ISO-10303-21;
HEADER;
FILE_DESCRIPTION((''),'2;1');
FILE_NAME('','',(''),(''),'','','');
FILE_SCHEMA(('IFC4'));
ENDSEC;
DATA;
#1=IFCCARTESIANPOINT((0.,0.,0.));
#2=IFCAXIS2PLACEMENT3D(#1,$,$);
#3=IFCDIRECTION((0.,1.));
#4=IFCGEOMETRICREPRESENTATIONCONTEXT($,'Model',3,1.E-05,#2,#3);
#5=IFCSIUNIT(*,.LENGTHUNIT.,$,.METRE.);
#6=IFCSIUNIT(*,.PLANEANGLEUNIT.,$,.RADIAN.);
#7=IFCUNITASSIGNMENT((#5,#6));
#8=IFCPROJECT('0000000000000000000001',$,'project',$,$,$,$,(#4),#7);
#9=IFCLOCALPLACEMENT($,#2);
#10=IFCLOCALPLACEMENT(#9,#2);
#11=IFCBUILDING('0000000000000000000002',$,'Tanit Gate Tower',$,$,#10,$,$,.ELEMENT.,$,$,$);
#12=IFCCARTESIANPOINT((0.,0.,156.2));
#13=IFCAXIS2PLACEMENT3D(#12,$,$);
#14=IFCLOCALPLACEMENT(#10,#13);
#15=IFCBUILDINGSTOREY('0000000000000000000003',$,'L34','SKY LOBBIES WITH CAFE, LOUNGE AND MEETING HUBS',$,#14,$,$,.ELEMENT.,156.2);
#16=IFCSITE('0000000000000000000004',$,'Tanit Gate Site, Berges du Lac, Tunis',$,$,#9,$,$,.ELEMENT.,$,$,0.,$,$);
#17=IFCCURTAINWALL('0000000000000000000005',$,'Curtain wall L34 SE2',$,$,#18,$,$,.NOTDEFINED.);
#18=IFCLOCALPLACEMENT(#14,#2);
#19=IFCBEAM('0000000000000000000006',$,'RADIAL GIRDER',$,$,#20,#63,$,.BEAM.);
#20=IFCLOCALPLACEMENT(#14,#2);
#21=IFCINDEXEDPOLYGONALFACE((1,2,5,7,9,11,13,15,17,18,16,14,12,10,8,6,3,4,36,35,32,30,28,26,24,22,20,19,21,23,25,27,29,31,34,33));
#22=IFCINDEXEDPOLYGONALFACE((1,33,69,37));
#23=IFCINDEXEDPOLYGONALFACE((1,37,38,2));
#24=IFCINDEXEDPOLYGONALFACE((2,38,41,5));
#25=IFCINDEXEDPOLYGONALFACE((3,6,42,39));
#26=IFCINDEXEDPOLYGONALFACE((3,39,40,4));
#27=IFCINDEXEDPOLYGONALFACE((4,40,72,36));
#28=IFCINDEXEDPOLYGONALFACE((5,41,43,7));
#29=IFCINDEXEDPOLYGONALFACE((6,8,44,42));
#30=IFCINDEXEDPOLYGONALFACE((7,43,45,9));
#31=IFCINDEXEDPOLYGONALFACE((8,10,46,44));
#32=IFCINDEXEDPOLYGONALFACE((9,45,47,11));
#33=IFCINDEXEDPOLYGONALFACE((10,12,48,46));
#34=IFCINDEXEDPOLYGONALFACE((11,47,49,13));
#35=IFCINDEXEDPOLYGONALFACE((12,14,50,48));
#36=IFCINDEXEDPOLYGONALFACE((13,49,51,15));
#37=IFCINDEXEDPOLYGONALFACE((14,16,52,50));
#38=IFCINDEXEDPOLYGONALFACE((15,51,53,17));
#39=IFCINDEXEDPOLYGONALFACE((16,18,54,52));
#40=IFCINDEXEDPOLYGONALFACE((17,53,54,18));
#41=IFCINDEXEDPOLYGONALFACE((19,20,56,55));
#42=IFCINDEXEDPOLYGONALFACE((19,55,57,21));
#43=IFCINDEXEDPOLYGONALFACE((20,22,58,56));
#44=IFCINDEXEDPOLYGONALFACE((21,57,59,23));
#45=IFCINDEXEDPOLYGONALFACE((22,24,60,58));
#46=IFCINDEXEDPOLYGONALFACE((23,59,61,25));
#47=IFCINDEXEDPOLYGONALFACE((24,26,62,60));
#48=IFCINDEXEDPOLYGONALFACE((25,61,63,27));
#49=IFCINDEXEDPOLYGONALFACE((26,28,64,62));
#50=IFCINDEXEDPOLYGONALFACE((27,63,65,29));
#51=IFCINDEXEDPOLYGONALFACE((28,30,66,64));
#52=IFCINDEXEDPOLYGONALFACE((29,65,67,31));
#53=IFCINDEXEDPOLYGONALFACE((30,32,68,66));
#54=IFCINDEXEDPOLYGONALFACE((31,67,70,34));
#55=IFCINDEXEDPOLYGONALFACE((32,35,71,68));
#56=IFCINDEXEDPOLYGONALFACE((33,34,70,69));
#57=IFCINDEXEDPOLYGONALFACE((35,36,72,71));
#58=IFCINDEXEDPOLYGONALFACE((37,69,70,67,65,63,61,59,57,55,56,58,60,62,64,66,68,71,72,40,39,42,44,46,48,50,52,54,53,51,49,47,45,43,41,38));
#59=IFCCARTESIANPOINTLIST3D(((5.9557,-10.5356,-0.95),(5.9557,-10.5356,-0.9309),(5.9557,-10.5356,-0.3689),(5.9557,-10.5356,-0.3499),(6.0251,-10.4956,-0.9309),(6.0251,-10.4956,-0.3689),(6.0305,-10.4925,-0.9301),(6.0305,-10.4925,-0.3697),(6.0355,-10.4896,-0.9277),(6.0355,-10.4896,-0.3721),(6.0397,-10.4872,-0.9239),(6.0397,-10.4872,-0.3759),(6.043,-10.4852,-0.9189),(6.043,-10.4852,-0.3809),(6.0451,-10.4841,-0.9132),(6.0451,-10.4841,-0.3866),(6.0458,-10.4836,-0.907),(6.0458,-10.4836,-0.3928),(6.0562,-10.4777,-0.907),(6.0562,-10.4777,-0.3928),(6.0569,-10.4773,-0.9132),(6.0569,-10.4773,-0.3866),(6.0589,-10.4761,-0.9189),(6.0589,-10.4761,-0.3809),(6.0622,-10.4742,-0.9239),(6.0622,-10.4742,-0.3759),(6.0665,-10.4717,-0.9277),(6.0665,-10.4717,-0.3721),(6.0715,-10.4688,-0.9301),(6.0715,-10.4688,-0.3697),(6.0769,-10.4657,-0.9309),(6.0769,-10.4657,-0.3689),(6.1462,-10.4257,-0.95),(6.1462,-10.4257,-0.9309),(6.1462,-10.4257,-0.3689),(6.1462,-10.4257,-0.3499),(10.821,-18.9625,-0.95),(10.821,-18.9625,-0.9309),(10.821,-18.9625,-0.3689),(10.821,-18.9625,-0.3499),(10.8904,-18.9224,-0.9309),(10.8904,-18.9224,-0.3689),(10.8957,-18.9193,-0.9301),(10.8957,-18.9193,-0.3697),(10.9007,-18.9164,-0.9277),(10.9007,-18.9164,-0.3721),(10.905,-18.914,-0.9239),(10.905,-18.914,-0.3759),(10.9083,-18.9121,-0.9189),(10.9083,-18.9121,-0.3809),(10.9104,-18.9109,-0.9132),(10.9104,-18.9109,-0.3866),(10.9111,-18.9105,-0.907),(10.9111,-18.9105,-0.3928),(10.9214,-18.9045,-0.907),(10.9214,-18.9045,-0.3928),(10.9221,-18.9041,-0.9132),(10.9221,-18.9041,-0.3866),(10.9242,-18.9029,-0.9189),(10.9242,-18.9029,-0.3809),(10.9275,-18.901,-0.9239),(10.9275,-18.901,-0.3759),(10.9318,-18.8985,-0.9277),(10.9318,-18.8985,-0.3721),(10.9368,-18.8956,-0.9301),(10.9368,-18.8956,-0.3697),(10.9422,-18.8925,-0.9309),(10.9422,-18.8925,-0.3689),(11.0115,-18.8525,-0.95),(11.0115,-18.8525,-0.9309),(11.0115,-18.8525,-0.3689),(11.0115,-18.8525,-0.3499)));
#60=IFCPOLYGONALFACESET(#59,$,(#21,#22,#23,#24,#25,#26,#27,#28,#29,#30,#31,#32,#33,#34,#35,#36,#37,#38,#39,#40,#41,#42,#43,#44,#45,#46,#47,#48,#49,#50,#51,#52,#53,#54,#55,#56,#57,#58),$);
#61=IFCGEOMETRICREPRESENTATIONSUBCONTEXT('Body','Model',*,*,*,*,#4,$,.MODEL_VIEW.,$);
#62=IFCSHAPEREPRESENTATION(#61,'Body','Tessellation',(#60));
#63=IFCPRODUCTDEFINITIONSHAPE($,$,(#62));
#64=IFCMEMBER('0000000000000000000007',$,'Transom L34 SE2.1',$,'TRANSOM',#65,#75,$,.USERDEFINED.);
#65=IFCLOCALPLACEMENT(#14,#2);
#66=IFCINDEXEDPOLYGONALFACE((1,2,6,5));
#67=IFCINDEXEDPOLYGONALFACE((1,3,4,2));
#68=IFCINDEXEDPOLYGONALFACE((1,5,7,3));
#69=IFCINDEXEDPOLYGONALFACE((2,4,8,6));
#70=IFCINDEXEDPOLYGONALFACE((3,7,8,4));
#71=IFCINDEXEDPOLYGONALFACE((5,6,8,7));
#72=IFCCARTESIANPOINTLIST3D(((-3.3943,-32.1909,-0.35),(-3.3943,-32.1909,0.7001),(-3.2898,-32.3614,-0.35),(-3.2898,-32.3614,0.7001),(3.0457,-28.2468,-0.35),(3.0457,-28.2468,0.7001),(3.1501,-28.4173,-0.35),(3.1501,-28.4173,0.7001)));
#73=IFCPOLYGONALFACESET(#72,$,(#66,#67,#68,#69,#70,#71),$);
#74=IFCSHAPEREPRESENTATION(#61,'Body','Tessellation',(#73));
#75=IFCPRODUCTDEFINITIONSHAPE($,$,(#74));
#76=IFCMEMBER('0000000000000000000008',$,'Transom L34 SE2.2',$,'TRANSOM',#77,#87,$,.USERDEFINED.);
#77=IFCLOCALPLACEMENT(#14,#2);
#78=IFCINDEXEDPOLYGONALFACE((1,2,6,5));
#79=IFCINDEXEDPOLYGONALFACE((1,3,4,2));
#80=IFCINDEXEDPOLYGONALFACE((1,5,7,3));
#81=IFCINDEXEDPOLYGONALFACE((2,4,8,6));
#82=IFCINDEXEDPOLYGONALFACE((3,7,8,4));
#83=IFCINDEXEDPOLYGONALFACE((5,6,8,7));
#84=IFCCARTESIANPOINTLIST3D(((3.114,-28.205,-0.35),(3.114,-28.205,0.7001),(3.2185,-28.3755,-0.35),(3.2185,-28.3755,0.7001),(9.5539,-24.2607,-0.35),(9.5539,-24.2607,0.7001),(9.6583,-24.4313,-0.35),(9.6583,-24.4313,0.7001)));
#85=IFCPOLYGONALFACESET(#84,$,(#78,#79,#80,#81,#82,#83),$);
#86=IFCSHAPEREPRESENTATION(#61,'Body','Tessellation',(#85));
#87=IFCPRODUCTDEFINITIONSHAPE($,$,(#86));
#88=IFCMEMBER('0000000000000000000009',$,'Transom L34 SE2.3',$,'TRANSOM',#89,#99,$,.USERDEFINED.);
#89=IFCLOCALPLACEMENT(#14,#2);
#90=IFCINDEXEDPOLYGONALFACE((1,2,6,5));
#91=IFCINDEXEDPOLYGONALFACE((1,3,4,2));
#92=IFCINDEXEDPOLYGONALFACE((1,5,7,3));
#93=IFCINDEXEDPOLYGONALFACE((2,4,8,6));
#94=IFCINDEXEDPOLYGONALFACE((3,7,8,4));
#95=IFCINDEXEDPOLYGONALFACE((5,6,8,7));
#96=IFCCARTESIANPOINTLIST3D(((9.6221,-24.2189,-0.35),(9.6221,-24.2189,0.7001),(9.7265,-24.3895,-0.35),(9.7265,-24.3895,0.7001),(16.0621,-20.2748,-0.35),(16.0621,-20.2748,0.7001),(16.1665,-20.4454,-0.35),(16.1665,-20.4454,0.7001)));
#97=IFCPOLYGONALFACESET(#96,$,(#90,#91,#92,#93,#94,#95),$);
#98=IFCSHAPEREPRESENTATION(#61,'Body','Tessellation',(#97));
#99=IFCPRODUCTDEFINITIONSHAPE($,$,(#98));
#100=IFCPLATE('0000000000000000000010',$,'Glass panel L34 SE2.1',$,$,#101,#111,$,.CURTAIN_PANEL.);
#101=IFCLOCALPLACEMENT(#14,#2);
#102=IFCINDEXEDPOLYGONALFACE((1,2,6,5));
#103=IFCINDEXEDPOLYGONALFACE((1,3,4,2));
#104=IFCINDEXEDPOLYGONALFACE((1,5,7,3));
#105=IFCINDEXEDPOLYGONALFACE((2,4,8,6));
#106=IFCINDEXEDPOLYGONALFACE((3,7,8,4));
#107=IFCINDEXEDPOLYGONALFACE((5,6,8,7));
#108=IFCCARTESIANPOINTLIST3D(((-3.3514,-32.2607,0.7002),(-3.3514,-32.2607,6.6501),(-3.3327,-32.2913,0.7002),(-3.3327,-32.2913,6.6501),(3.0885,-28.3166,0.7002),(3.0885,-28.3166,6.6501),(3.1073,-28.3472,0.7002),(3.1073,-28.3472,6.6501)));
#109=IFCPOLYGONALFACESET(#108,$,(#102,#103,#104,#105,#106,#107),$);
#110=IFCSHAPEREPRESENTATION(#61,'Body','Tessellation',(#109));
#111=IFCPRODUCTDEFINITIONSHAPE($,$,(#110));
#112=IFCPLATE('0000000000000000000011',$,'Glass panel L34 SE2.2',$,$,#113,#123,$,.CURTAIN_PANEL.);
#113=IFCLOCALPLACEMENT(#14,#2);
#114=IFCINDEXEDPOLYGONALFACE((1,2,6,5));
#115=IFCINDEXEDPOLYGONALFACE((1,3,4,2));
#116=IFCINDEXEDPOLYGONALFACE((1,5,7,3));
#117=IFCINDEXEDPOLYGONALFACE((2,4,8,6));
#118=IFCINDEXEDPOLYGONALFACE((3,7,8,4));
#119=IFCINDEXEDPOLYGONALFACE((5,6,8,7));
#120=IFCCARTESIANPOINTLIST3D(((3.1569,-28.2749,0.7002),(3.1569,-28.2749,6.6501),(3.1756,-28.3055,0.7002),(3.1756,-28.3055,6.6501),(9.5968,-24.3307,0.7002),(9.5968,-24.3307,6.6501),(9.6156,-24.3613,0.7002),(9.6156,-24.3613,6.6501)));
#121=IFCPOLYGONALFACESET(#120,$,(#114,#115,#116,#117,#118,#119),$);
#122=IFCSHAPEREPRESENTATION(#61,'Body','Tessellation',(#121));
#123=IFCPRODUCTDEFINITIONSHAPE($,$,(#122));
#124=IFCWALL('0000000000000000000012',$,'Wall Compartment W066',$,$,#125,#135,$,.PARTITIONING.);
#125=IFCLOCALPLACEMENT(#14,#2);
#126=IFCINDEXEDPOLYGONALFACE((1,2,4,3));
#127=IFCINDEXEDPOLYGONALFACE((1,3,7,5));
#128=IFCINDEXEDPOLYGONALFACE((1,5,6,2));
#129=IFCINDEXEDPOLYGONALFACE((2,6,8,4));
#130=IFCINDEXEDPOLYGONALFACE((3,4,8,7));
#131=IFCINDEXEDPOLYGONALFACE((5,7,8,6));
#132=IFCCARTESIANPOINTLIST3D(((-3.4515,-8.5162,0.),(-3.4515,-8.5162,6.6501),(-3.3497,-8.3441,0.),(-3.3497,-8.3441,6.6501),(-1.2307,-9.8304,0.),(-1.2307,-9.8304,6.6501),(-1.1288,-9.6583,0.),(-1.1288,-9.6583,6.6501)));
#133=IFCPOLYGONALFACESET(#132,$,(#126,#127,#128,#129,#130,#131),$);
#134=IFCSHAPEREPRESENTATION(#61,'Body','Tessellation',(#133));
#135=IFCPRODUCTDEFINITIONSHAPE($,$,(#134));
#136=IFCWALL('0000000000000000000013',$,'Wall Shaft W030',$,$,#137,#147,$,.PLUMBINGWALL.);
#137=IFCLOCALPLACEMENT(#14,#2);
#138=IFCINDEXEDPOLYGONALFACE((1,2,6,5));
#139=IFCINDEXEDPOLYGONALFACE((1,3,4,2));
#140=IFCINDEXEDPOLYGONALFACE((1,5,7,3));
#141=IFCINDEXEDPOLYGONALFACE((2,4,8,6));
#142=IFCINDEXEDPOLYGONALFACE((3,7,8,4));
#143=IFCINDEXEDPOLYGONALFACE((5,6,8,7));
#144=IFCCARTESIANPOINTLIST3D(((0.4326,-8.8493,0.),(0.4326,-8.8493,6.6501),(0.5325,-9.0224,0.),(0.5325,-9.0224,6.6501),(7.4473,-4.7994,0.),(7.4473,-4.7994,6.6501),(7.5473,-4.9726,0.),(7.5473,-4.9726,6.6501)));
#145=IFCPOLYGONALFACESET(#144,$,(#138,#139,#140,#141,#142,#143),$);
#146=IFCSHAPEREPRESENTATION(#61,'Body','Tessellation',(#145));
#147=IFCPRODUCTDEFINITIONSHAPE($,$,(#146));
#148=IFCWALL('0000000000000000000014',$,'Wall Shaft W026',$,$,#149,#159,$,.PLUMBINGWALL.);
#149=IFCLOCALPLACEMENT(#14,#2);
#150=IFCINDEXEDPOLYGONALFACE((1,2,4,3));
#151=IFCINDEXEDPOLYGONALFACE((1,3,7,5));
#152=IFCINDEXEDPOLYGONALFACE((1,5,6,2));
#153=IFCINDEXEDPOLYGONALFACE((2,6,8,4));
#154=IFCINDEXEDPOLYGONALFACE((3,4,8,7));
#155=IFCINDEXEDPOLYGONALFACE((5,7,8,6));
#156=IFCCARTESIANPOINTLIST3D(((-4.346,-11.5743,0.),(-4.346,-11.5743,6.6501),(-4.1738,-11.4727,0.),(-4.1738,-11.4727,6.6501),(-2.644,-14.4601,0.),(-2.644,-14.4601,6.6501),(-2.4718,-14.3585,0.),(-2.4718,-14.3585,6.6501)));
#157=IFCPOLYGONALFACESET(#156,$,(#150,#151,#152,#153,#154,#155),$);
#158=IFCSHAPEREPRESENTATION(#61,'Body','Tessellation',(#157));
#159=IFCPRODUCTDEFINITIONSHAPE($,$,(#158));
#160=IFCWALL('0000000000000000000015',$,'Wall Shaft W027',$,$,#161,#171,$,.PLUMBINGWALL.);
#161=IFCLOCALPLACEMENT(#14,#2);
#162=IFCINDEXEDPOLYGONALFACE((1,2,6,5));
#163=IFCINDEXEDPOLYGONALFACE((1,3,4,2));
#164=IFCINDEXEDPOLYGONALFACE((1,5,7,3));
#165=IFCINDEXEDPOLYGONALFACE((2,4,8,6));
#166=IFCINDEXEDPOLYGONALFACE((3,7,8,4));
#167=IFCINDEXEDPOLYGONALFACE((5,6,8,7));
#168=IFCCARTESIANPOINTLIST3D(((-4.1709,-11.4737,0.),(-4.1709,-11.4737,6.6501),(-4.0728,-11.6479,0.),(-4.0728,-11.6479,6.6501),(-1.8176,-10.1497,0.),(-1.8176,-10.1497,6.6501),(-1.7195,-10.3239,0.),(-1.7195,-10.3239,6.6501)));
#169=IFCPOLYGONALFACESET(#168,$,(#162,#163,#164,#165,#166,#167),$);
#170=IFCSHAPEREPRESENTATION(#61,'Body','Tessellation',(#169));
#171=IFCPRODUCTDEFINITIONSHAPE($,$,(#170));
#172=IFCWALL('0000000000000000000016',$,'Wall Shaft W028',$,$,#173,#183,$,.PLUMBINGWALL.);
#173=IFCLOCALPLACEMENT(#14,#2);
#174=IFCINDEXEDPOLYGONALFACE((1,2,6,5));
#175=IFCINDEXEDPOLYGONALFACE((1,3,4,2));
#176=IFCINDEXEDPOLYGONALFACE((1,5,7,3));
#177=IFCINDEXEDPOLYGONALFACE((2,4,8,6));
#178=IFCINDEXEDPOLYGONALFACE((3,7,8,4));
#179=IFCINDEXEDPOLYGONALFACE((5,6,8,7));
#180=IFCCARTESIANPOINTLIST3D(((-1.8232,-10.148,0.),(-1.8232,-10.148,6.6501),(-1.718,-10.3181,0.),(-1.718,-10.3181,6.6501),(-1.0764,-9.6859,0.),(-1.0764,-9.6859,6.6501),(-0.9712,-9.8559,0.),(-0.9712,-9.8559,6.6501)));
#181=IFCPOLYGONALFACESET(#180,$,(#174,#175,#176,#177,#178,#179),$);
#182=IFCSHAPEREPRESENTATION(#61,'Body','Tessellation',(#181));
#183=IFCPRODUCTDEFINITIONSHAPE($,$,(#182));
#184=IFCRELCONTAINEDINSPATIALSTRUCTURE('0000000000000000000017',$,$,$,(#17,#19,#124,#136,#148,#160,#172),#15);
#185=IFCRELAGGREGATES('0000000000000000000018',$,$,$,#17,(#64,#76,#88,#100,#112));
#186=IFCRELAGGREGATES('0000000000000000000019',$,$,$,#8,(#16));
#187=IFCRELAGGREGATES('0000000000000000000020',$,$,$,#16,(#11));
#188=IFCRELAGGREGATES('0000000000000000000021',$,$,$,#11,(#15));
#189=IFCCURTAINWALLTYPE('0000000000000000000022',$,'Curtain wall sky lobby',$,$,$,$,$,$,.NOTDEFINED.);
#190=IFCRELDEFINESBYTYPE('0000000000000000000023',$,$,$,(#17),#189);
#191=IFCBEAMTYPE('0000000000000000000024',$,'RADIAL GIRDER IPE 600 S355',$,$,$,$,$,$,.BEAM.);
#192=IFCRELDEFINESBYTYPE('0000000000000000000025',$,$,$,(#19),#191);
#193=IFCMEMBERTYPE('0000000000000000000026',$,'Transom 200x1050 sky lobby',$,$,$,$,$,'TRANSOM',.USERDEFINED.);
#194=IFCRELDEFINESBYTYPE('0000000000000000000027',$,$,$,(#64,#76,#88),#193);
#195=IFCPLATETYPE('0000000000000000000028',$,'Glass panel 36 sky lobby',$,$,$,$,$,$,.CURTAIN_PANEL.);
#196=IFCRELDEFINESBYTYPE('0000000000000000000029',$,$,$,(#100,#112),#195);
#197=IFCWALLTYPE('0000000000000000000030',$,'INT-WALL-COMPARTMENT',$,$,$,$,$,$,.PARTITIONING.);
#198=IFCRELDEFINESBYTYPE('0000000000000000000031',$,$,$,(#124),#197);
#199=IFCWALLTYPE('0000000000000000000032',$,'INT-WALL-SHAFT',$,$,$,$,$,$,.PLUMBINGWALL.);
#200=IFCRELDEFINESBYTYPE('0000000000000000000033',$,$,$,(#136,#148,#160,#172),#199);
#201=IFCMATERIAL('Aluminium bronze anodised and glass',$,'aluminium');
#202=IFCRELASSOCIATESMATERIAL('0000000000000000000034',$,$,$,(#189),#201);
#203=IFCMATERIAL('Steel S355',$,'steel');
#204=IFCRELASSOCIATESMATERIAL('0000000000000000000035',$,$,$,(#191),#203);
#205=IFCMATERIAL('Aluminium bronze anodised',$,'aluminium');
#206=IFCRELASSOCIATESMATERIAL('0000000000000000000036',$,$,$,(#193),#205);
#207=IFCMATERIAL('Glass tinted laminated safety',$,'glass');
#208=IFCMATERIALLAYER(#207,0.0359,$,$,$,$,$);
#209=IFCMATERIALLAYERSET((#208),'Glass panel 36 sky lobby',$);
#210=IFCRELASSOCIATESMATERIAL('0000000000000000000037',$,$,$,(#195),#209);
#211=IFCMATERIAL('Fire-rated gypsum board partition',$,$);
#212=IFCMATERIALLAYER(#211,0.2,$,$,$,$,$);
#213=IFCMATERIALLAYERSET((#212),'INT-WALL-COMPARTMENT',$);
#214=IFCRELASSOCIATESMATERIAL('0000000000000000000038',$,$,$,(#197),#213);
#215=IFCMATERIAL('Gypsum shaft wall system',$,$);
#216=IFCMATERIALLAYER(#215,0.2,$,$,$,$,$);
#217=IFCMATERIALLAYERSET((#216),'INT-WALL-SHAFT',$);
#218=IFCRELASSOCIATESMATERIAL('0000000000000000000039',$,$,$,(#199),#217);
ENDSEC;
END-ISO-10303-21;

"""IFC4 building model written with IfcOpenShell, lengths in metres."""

from ifc_helpers import new_model, si_unit, direction, frame, frame_2d, origin, origin_2d, place, context, subcontext, project, spatial, rectangle, i_section, extrude, material, layer, layer_set, material_profile, profile_set, type_object, element, aggregate, save


model = new_model("IFC4")

# Units and contexts
model_context = context("Model", 3, precision=1e-05, world=origin(), true_north=direction((0.0, 1.0)))
body_context = subcontext(model_context, "Body", "Model", "MODEL_VIEW")
ifc_project = project(units=[si_unit("LENGTHUNIT", "METRE"), si_unit("PLANEANGLEUNIT", "RADIAN")], contexts=[model_context])

# Site, building, storey
site_placement = place(None, origin())
site = spatial("IfcSite", under=ifc_project, at=site_placement, Name="Tanit Gate Site, Berges du Lac, Tunis", CompositionType="ELEMENT", RefElevation=0.0)
building_placement = place(site_placement, origin())
building = spatial("IfcBuilding", under=site, at=building_placement, Name="Tanit Gate Tower", CompositionType="ELEMENT")
storey_placement = place(building_placement, frame((0.0, 0.0, 156.2)))
storey = spatial("IfcBuildingStorey", under=building, at=storey_placement, Name="L34", Description="SKY LOBBIES WITH CAFE, LOUNGE AND MEETING HUBS", CompositionType="ELEMENT", Elevation=156.2)

# Curtain wall
ifc_material_1 = material(Name="Aluminium bronze anodised and glass", Category="aluminium")
curtain_wall_type = type_object("IfcCurtainWallType", Name="Curtain wall sky lobby", PredefinedType="NOTDEFINED", material=ifc_material_1)
curtain_wall_placement = place(storey_placement, origin())
curtain_wall = element("IfcCurtainWall", 1, at=curtain_wall_placement, inside=storey, type_object=curtain_wall_type, Name="Curtain wall L34 SE2", PredefinedType="NOTDEFINED")

# Beam
ifc_material_2 = material(Name="Steel S355", Category="steel")
ifc_material_profile_1 = material_profile(ifc_material_2, i_section(OverallWidth=0.22, OverallDepth=0.6001, WebThickness=0.012, FlangeThickness=0.019, FilletRadius=0.0239, at=origin_2d()), Name="IPE 600")
ifc_profile_set_1 = profile_set([ifc_material_profile_1], Name="Steel S355")
beam_type_1 = type_object("IfcBeamType", Name="RADIAL GIRDER IPE 600 S355", PredefinedType="BEAM", material=ifc_profile_set_1)
beam_1_placement = place(storey_placement, frame((10.9163, -18.9075, -0.6499), z_axis=(-0.500003, 0.866023, 0.0), x_axis=(-0.866023, -0.500003, 0.0)))
element("IfcBeam", 2, at=beam_1_placement, inside=storey, type_object=beam_type_1, Name="RADIAL GIRDER", PredefinedType="BEAM", context=body_context, shape_type="SweptSolid", body=[
    extrude(i_section(OverallWidth=0.22, OverallDepth=0.6001, WebThickness=0.012, FlangeThickness=0.019, FilletRadius=0.0239, at=origin_2d()), origin(), (0.0, 0.0, 1.0), 9.7305),
])

# Members
ifc_material_3 = material(Name="Aluminium bronze anodised", Category="aluminium")
ifc_material_profile_2 = material_profile(ifc_material_3, rectangle(XDim=0.2, YDim=1.05, at=origin_2d()), Name="200x1050 bronze transom")
ifc_profile_set_2 = profile_set([ifc_material_profile_2], Name="Aluminium bronze anodised")
member_type_1 = type_object("IfcMemberType", Name="Transom 200x1050 sky lobby", ElementType="TRANSOM", PredefinedType="USERDEFINED", material=ifc_profile_set_2)
member_1_placement = place(storey_placement, frame((-3.342, -32.2761, 0.175), z_axis=(0.852776, 0.522276, 0.0), x_axis=(-0.522276, 0.852776, 0.0)))
member_1 = element("IfcMember", 3, at=member_1_placement, type_object=member_type_1, Name="Transom L34 SE2.1", ObjectType="TRANSOM", PredefinedType="USERDEFINED", context=body_context, shape_type="SweptSolid", body=[
    extrude(rectangle(XDim=0.2, YDim=1.05, at=origin_2d()), origin(), (0.0, 0.0, 1.0), 7.5518),
])
member_2_placement = place(storey_placement, frame((3.1663, -28.2903, 0.175), z_axis=(0.852762, 0.5223, 0.0), x_axis=(-0.5223, 0.852762, 0.0)))
member_2 = element("IfcMember", 4, at=member_2_placement, type_object=member_type_1, Name="Transom L34 SE2.2", ObjectType="TRANSOM", PredefinedType="USERDEFINED", context=body_context, shape_type="SweptSolid", body=[
    extrude(rectangle(XDim=0.2, YDim=1.05, at=origin_2d()), origin(), (0.0, 0.0, 1.0), 7.5518),
])
member_3_placement = place(storey_placement, frame((9.6743, -24.3042, 0.175), z_axis=(0.852776, 0.522276, 0.0), x_axis=(-0.522276, 0.852776, 0.0)))
member_3 = element("IfcMember", 5, at=member_3_placement, type_object=member_type_1, Name="Transom L34 SE2.3", ObjectType="TRANSOM", PredefinedType="USERDEFINED", context=body_context, shape_type="SweptSolid", body=[
    extrude(rectangle(XDim=0.2, YDim=1.05, at=origin_2d()), origin(), (0.0, 0.0, 1.0), 7.5518),
])

# Plates
ifc_material_4 = material(Name="Glass tinted laminated safety", Category="glass")
ifc_layer_1 = layer(ifc_material_4, 0.0359)
ifc_layer_set_1 = layer_set([ifc_layer_1], Name="Glass panel 36 sky lobby")
plate_type = type_object("IfcPlateType", Name="Glass panel 36 sky lobby", PredefinedType="CURTAIN_PANEL", material=ifc_layer_set_1)
plate_1_placement = place(storey_placement, frame((-0.1221, -30.304, 0.7002), z_axis=(0.0, 0.0, 1.0), x_axis=(0.852772, 0.522283, 0.0)))
plate_1 = element("IfcPlate", 6, at=plate_1_placement, type_object=plate_type, Name="Glass panel L34 SE2.1", PredefinedType="CURTAIN_PANEL", context=body_context, shape_type="SweptSolid", body=[
    extrude(rectangle(XDim=7.5518, YDim=0.0359, at=origin_2d()), origin(), (0.0, 0.0, 1.0), 5.95),
])
plate_2_placement = place(storey_placement, frame((6.3862, -26.3181, 0.7002), z_axis=(0.0, 0.0, 1.0), x_axis=(0.852772, 0.522283, 0.0)))
plate_2 = element("IfcPlate", 7, at=plate_2_placement, type_object=plate_type, Name="Glass panel L34 SE2.2", PredefinedType="CURTAIN_PANEL", context=body_context, shape_type="SweptSolid", body=[
    extrude(rectangle(XDim=7.5518, YDim=0.0359, at=origin_2d()), origin(), (0.0, 0.0, 1.0), 5.95),
])
aggregate(curtain_wall, [member_1, member_2, member_3, plate_1, plate_2])

# Walls
ifc_material_5 = material(Name="Fire-rated gypsum board partition")
ifc_layer_2 = layer(ifc_material_5, 0.2)
ifc_layer_set_2 = layer_set([ifc_layer_2], Name="INT-WALL-COMPARTMENT")
wall_type_1 = type_object("IfcWallType", Name="INT-WALL-COMPARTMENT", PredefinedType="PARTITIONING", material=ifc_layer_set_2)
wall_1_placement = place(storey_placement, frame((-3.4006, -8.4302, 0.0), z_axis=(0.0, 0.0, 1.0), x_axis=(0.860616, -0.509255, 0.0)))
element("IfcWall", 8, at=wall_1_placement, inside=storey, type_object=wall_type_1, Name="Wall Compartment W066", PredefinedType="PARTITIONING", context=body_context, shape_type="SweptSolid", body=[
    extrude(rectangle(XDim=2.5806, YDim=0.2, at=frame_2d((1.2903, 0.0))), origin(), (0.0, 0.0, 1.0), 6.6501),
])
ifc_material_6 = material(Name="Gypsum shaft wall system")
ifc_layer_3 = layer(ifc_material_6, 0.2)
ifc_layer_set_3 = layer_set([ifc_layer_3], Name="INT-WALL-SHAFT")
wall_type_2 = type_object("IfcWallType", Name="INT-WALL-SHAFT", PredefinedType="PLUMBINGWALL", material=ifc_layer_set_3)
wall_2_placement = place(storey_placement, frame((0.4827, -8.9358, 0.0), z_axis=(0.0, 0.0, 1.0), x_axis=(0.866031, 0.49999, 0.0)))
element("IfcWall", 9, at=wall_2_placement, inside=storey, type_object=wall_type_2, Name="Wall Shaft W030", PredefinedType="PLUMBINGWALL", context=body_context, shape_type="SweptSolid", body=[
    extrude(rectangle(XDim=8.0999, YDim=0.2, at=frame_2d((4.0498, 0.0))), origin(), (0.0, 0.0, 1.0), 6.6501),
])
wall_3_placement = place(storey_placement, frame((-2.5579, -14.4094, 0.0), z_axis=(0.0, 0.0, 1.0), x_axis=(-0.507997, 0.861359, 0.0)))
element("IfcWall", 10, at=wall_3_placement, inside=storey, type_object=wall_type_2, Name="Wall Shaft W026", PredefinedType="PLUMBINGWALL", context=body_context, shape_type="SweptSolid", body=[
    extrude(rectangle(XDim=3.3503, YDim=0.2, at=frame_2d((1.6753, 0.0))), origin(), (0.0, 0.0, 1.0), 6.6501),
])
wall_4_placement = place(storey_placement, frame((-1.7686, -10.2368, 0.0), z_axis=(0.0, 0.0, 1.0), x_axis=(-0.871534, -0.490334, 0.0)))
element("IfcWall", 11, at=wall_4_placement, inside=storey, type_object=wall_type_2, Name="Wall Shaft W027", PredefinedType="PLUMBINGWALL", context=body_context, shape_type="SweptSolid", body=[
    extrude(rectangle(XDim=2.7002, YDim=0.2, at=frame_2d((1.3501, 0.0))), origin(), (0.0, 0.0, 1.0), 6.6501),
])
wall_5_placement = place(storey_placement, frame((-1.0239, -9.771, 0.0), z_axis=(0.0, 0.0, 1.0), x_axis=(-0.850348, -0.526221, 0.0)))
element("IfcWall", 12, at=wall_5_placement, inside=storey, type_object=wall_type_2, Name="Wall Shaft W028", PredefinedType="PLUMBINGWALL", context=body_context, shape_type="SweptSolid", body=[
    extrude(rectangle(XDim=0.8782, YDim=0.2, at=frame_2d((0.439, 0.0))), origin(), (0.0, 0.0, 1.0), 6.6501),
])

save(model, "model.ifc")
